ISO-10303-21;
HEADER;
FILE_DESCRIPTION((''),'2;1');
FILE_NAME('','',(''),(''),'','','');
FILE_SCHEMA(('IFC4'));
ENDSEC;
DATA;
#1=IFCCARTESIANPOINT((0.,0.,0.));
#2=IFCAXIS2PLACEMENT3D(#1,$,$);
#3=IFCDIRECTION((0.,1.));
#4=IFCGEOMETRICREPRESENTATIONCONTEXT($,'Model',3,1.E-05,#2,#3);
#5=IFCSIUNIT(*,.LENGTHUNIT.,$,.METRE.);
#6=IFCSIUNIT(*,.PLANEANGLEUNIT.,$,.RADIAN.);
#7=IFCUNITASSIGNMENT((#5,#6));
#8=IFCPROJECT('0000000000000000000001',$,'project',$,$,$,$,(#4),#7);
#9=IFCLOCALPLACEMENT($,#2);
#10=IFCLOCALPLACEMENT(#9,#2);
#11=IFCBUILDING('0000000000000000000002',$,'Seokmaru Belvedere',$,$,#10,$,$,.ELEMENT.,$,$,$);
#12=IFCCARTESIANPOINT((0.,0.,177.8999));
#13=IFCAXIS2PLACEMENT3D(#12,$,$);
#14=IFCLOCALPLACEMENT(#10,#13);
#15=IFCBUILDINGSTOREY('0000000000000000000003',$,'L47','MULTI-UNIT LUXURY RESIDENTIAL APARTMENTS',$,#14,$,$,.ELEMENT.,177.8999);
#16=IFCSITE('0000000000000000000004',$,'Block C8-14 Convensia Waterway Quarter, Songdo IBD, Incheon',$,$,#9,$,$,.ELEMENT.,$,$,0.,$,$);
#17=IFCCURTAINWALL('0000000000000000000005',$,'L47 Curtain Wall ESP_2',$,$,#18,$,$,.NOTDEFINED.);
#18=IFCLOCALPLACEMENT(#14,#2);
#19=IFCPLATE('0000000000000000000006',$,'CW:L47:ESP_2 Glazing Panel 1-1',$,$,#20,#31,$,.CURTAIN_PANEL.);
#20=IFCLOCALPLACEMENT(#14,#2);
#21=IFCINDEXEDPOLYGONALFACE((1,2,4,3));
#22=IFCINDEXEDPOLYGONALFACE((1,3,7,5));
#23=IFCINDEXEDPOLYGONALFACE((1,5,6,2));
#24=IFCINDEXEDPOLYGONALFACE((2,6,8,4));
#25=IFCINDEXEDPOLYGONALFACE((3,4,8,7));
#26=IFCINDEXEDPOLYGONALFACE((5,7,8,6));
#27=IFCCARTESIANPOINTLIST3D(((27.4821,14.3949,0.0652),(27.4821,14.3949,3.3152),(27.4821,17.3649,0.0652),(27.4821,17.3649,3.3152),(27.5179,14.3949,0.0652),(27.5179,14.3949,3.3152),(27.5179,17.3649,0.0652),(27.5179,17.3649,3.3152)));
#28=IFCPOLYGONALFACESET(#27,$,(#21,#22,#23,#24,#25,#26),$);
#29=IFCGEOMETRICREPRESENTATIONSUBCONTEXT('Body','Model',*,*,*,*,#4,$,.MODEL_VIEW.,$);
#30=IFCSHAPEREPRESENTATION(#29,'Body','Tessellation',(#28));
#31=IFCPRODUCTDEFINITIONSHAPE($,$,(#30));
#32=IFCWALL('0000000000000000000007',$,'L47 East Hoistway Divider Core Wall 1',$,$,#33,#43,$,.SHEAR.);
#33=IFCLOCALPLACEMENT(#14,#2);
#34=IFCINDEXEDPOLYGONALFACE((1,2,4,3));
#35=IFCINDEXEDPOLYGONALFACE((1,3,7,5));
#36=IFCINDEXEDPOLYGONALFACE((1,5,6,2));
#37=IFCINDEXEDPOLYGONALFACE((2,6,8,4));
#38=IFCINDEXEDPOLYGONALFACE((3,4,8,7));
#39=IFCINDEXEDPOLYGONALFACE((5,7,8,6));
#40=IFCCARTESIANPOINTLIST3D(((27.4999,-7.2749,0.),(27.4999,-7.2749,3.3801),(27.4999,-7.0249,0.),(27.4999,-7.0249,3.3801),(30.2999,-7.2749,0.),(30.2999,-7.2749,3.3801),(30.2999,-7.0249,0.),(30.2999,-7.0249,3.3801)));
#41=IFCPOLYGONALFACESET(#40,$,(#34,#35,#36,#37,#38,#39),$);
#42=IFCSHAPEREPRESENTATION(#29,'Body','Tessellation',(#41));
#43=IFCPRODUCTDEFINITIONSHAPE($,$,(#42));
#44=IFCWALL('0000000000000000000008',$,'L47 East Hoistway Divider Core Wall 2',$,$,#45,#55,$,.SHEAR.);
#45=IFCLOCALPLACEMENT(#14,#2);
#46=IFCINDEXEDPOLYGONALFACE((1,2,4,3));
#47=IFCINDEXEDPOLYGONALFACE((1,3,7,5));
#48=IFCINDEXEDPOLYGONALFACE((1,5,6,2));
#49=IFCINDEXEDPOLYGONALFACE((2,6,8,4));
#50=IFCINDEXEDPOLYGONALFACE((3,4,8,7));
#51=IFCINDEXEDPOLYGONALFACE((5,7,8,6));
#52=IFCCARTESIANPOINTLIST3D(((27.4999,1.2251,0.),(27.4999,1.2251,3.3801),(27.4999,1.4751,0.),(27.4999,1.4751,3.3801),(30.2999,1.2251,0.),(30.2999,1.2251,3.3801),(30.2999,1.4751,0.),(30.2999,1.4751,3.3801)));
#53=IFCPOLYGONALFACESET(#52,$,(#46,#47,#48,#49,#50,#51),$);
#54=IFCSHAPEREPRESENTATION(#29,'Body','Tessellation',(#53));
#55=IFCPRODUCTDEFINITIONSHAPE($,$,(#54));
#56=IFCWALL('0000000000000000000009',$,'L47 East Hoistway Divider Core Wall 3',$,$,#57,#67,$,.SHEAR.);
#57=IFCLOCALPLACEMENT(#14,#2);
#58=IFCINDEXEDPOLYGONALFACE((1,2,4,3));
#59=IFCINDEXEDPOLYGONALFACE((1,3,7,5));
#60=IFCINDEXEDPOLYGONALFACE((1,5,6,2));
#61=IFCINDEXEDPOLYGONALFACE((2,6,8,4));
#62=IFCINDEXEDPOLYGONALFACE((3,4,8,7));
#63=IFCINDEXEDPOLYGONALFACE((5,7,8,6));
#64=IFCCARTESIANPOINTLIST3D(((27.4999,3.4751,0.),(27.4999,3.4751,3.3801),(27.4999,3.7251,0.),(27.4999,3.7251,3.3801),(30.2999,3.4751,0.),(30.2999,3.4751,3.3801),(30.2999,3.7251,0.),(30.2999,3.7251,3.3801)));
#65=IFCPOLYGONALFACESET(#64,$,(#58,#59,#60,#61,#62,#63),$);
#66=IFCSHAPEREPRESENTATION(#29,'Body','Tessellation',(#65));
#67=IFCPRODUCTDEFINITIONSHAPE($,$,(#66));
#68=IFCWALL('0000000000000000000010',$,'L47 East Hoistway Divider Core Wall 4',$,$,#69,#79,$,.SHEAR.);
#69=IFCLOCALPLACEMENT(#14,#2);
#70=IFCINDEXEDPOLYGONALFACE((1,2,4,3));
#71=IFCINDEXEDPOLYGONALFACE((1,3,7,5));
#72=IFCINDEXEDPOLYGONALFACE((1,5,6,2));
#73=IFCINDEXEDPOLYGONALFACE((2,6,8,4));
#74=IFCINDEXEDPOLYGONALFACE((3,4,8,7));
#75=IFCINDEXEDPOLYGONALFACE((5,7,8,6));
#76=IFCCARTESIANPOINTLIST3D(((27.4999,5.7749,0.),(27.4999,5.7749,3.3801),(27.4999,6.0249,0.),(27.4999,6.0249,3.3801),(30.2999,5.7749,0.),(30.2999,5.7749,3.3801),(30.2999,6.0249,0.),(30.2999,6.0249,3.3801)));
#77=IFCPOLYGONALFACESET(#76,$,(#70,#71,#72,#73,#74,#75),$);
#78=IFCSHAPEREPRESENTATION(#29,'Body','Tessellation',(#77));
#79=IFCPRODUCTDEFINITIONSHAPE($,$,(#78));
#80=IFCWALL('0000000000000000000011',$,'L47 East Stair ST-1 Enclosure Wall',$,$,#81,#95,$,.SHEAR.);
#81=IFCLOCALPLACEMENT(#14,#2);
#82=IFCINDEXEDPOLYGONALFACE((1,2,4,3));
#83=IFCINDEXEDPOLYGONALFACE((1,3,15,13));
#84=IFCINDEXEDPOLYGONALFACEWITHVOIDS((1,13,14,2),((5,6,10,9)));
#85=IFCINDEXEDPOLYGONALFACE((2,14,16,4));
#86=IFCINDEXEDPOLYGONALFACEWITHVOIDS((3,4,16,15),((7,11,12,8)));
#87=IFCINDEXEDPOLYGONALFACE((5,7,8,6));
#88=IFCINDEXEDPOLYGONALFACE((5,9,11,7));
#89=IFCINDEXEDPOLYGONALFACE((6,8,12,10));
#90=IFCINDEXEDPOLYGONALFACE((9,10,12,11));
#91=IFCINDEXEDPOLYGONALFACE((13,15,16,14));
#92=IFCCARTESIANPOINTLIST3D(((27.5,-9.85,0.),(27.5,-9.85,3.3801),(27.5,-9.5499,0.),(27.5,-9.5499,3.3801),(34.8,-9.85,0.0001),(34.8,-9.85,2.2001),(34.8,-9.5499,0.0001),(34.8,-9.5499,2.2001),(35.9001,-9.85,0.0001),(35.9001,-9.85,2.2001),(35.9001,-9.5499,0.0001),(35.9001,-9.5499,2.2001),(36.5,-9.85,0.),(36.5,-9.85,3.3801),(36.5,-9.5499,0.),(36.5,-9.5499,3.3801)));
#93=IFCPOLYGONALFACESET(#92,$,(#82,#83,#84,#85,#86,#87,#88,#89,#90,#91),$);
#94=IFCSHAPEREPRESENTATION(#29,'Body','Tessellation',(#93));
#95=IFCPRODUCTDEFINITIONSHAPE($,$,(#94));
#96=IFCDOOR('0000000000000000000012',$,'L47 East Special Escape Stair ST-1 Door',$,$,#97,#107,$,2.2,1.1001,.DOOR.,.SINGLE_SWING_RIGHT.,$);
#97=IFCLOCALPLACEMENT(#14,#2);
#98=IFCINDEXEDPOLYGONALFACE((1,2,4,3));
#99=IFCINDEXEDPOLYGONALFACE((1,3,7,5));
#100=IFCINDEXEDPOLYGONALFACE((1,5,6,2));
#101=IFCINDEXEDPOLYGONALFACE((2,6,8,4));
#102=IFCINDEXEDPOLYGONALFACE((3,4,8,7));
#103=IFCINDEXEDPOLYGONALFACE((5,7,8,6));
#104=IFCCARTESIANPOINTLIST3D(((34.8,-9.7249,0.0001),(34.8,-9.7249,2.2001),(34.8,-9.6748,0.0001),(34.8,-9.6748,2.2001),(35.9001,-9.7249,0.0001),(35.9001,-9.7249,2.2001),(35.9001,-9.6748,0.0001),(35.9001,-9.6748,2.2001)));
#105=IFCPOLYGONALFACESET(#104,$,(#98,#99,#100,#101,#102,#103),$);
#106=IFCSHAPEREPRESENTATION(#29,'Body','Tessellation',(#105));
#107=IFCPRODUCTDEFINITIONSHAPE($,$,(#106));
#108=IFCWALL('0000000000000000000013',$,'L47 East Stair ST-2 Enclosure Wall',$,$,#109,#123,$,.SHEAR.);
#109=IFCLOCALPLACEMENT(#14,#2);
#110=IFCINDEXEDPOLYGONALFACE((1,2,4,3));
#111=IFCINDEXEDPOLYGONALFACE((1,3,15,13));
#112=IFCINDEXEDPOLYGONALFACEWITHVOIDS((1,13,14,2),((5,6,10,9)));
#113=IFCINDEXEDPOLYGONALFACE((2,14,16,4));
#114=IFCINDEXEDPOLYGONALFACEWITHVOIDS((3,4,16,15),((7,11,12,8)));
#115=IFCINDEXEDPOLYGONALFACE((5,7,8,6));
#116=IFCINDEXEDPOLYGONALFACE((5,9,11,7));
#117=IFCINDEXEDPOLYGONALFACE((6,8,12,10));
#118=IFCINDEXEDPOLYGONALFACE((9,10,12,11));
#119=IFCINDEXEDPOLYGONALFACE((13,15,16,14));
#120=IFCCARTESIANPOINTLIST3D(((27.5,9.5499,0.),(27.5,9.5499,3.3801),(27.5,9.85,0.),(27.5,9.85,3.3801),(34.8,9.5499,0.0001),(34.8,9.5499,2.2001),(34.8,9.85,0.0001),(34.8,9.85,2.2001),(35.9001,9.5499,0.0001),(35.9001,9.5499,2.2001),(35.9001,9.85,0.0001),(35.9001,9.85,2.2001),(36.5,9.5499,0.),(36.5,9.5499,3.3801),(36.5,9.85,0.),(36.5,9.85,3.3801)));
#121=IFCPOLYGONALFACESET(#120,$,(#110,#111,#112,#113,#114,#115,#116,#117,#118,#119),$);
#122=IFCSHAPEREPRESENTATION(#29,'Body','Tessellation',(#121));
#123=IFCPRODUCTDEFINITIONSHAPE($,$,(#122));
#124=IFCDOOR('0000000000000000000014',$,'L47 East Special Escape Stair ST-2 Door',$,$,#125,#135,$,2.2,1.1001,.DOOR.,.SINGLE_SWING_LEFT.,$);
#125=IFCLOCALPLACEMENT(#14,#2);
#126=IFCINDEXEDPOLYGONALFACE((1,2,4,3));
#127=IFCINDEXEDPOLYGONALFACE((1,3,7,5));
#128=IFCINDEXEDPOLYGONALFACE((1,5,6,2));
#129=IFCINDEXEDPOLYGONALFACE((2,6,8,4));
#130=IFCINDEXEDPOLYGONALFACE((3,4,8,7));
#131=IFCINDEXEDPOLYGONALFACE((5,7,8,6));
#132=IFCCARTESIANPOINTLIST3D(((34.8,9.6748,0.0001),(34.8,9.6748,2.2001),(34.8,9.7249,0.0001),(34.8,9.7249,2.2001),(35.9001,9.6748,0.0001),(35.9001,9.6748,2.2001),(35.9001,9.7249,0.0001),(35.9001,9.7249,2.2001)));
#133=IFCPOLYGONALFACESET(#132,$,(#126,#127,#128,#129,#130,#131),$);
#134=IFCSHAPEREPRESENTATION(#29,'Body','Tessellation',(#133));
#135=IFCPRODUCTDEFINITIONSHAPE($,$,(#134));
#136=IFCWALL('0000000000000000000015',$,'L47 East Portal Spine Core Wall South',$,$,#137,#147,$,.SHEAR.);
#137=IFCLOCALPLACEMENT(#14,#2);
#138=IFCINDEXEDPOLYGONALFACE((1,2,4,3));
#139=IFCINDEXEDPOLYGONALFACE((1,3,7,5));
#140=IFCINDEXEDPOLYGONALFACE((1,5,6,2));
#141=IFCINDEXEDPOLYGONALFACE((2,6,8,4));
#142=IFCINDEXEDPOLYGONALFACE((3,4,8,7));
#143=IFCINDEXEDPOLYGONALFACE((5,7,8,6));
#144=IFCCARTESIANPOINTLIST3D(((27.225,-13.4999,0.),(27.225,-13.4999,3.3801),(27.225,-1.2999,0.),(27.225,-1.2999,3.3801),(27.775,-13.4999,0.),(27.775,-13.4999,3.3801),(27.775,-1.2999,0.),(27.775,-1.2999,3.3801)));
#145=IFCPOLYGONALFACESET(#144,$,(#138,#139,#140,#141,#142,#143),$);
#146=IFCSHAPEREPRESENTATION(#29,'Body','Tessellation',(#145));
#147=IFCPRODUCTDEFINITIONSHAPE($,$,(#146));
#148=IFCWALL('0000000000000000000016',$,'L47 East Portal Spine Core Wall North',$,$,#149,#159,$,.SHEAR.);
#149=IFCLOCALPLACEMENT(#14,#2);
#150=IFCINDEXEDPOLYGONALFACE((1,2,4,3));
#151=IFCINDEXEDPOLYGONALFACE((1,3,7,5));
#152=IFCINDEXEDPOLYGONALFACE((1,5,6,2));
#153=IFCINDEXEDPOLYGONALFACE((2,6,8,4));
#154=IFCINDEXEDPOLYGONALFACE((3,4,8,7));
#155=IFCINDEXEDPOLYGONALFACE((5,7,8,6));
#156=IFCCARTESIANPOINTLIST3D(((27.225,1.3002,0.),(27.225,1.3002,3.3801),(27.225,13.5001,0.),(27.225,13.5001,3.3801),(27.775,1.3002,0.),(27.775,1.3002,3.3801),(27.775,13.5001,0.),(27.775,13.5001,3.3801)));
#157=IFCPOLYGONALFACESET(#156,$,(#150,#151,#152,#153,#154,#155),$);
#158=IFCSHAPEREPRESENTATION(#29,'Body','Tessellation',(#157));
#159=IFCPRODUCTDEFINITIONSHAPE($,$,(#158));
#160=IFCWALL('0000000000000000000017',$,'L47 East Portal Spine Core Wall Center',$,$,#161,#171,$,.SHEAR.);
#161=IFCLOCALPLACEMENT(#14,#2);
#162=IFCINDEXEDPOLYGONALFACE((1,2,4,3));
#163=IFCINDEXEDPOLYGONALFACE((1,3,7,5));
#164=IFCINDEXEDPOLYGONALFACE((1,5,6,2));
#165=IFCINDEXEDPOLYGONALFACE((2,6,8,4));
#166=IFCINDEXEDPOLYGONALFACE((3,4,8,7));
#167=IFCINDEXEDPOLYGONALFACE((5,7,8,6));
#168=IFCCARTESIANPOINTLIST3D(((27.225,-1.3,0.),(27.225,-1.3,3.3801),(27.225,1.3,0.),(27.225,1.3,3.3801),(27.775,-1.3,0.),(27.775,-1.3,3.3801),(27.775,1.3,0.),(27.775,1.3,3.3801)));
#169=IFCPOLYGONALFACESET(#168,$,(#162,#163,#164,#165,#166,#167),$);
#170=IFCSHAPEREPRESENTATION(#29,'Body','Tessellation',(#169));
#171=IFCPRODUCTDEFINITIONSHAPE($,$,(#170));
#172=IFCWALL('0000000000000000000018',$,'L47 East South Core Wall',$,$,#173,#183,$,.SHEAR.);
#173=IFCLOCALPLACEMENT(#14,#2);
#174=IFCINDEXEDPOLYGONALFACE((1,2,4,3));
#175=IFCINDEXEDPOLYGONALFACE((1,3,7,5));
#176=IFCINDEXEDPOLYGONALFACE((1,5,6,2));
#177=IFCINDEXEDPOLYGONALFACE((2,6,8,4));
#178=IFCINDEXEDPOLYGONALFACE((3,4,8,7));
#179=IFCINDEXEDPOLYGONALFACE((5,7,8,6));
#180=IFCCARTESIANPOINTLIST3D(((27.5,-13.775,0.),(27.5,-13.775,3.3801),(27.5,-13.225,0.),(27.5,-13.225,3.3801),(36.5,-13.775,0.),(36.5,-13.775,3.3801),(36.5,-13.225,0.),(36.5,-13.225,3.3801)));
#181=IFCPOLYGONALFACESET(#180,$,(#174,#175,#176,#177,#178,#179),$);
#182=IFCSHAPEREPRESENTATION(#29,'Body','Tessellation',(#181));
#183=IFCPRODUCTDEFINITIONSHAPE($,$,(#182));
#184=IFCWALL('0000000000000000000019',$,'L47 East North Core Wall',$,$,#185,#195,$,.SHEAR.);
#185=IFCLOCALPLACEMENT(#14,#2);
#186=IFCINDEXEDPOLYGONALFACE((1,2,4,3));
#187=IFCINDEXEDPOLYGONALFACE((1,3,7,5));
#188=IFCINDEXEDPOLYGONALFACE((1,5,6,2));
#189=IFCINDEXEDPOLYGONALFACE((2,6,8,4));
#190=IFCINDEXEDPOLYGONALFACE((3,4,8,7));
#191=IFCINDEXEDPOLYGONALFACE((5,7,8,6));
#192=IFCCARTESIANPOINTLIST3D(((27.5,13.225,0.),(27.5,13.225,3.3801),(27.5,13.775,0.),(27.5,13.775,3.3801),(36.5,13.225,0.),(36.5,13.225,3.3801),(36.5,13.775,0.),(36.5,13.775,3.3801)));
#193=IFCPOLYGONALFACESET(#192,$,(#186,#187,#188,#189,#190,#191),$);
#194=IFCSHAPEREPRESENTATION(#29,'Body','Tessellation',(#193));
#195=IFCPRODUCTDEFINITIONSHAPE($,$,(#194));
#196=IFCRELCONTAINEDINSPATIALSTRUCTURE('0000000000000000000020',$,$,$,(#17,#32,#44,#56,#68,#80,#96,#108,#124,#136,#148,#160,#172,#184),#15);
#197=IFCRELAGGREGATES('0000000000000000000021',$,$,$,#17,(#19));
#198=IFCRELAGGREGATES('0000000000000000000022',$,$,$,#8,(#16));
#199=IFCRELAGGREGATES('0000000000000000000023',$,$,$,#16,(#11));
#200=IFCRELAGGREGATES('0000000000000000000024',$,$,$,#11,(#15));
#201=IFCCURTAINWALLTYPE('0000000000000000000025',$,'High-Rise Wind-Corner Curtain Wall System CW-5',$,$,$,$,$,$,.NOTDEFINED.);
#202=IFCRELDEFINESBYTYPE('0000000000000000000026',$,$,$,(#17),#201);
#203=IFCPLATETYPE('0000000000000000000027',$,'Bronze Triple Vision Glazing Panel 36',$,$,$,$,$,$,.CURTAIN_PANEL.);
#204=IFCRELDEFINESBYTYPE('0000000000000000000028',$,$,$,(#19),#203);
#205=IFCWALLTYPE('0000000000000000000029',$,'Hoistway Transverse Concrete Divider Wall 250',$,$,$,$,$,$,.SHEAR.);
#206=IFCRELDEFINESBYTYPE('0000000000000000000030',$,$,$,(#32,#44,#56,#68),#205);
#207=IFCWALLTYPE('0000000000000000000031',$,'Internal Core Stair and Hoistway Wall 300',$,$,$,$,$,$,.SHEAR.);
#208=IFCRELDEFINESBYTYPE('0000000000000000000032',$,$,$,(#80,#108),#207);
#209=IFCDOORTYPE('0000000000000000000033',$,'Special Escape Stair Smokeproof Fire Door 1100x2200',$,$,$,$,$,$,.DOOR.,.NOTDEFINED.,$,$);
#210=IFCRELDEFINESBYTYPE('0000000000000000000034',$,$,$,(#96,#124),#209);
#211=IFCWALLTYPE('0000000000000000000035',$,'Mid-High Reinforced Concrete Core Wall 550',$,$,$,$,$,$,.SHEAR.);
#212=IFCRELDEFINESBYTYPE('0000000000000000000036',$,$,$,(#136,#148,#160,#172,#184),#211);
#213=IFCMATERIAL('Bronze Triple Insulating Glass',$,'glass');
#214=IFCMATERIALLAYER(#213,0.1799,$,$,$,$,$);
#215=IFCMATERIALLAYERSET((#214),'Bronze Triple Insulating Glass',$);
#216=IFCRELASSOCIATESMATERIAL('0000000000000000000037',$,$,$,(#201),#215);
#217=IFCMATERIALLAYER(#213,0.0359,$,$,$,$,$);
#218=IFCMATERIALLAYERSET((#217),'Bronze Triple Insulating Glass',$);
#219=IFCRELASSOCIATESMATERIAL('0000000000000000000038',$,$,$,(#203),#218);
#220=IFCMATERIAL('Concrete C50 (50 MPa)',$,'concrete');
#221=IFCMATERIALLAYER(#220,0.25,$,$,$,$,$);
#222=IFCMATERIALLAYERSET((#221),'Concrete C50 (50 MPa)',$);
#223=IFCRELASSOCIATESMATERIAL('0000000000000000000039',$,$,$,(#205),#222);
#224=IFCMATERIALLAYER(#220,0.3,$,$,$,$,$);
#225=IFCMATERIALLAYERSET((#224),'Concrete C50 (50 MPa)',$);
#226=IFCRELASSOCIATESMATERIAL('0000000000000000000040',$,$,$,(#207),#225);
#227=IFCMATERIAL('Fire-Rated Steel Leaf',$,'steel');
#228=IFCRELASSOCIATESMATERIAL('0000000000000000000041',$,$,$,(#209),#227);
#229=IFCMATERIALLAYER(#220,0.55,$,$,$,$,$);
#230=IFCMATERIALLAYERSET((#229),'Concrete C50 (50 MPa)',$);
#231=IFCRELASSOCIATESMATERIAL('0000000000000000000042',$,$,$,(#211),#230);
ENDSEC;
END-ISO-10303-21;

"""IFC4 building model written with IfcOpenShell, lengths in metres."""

from ifc_helpers import new_model, si_unit, direction, frame, frame_2d, origin, origin_2d, place, context, subcontext, project, spatial, rectangle, extrude, source, transform, mapped, material, layer, layer_set, type_object, type_shapes, element, fill, aggregate, save


model = new_model("IFC4")

# Units and contexts
model_context = context("Model", 3, precision=1e-05, world=origin(), true_north=direction((0.0, 1.0)))
body_context = subcontext(model_context, "Body", "Model", "MODEL_VIEW")
ifc_project = project(units=[si_unit("LENGTHUNIT", "METRE"), si_unit("PLANEANGLEUNIT", "RADIAN")], contexts=[model_context])

# Site, building, storey
site_placement = place(None, origin())
site = spatial("IfcSite", under=ifc_project, at=site_placement, Name="Block C8-14 Convensia Waterway Quarter, Songdo IBD, Incheon", CompositionType="ELEMENT", RefElevation=0.0)
building_placement = place(site_placement, origin())
building = spatial("IfcBuilding", under=site, at=building_placement, Name="Seokmaru Belvedere", CompositionType="ELEMENT")
storey_placement = place(building_placement, frame((0.0, 0.0, 177.8999)))
storey = spatial("IfcBuildingStorey", under=building, at=storey_placement, Name="L47", Description="MULTI-UNIT LUXURY RESIDENTIAL APARTMENTS", CompositionType="ELEMENT", Elevation=177.8999)

# Curtain wall
ifc_material_1 = material(Name="Bronze Triple Insulating Glass", Category="glass")
ifc_layer_1 = layer(ifc_material_1, 0.1799)
ifc_layer_set_1 = layer_set([ifc_layer_1], Name="Bronze Triple Insulating Glass")
curtain_wall_type = type_object("IfcCurtainWallType", Name="High-Rise Wind-Corner Curtain Wall System CW-5", PredefinedType="NOTDEFINED", material=ifc_layer_set_1)
curtain_wall_1_placement = place(storey_placement, origin())
curtain_wall_1 = element("IfcCurtainWall", 1, at=curtain_wall_1_placement, inside=storey, type_object=curtain_wall_type, Name="L47 Curtain Wall ESP_2", PredefinedType="NOTDEFINED")

# Plate
ifc_layer_2 = layer(ifc_material_1, 0.0359)
ifc_layer_set_2 = layer_set([ifc_layer_2], Name="Bronze Triple Insulating Glass")
plate_type = type_object("IfcPlateType", Name="Bronze Triple Vision Glazing Panel 36", PredefinedType="CURTAIN_PANEL", material=ifc_layer_set_2)
shared_shape_1 = source(origin(), body_context, "Body", "SweptSolid", [
    extrude(rectangle(XDim=2.97, YDim=0.0359, at=origin_2d()), origin(), (0.0, 0.0, 1.0), 3.25),
])
type_shapes(plate_type, [shared_shape_1])
plate_1_placement = place(storey_placement, frame((27.5, 15.8799, 0.0652), z_axis=(0.0, 0.0, 1.0), x_axis=(0.0, -1.0, 0.0)))
plate_1 = element("IfcPlate", 2, at=plate_1_placement, type_object=plate_type, Name="CW:L47:ESP_2 Glazing Panel 1-1", PredefinedType="CURTAIN_PANEL", context=body_context, shape_type="MappedRepresentation", body=[
    mapped(shared_shape_1, transform((0.0, 0.0, 0.0), scale=1.0)),
])
aggregate(curtain_wall_1, [plate_1])

# Walls
ifc_material_2 = material(Name="Concrete C50 (50 MPa)", Category="concrete")
ifc_layer_3 = layer(ifc_material_2, 0.25)
ifc_layer_set_3 = layer_set([ifc_layer_3], Name="Concrete C50 (50 MPa)")
wall_type_1 = type_object("IfcWallType", Name="Hoistway Transverse Concrete Divider Wall 250", PredefinedType="SHEAR", material=ifc_layer_set_3)
for number, where, z_axis, x_axis, name in (
    (3, (27.5, -7.1499, 0.0), (0.0, 0.0, 1.0), (1.0, 0.0, 0.0), "L47 East Hoistway Divider Core Wall 1"),
    (4, (27.5, 1.3501, 0.0), (0.0, 0.0, 1.0), (1.0, 0.0, 0.0), "L47 East Hoistway Divider Core Wall 2"),
    (5, (27.5, 3.6001, 0.0), (0.0, 0.0, 1.0), (1.0, 0.0, 0.0), "L47 East Hoistway Divider Core Wall 3"),
    (6, (27.5, 5.8999, 0.0), (0.0, 0.0, 1.0), (1.0, 0.0, 0.0), "L47 East Hoistway Divider Core Wall 4"),
):
    element("IfcWall", number, at=place(storey_placement, frame(where, z_axis=z_axis, x_axis=x_axis)), inside=storey, type_object=wall_type_1, Name=name, PredefinedType="SHEAR", context=body_context, shape_type="SweptSolid", body=[
        extrude(rectangle(XDim=2.8, YDim=0.25, at=frame_2d((1.3999, 0.0))), origin(), (0.0, 0.0, 1.0), 3.3801),
    ])

# Walls, openings, doors
ifc_layer_4 = layer(ifc_material_2, 0.3)
ifc_layer_set_4 = layer_set([ifc_layer_4], Name="Concrete C50 (50 MPa)")
wall_type_2 = type_object("IfcWallType", Name="Internal Core Stair and Hoistway Wall 300", PredefinedType="SHEAR", material=ifc_layer_set_4)
wall_1_placement = place(storey_placement, frame((27.5, -9.7, 0.0), z_axis=(0.0, 0.0, 1.0), x_axis=(1.0, 0.0, 0.0)))
wall_1 = element("IfcWall", 7, at=wall_1_placement, inside=storey, type_object=wall_type_2, Name="L47 East Stair ST-1 Enclosure Wall", PredefinedType="SHEAR", context=body_context, shape_type="SweptSolid", body=[
    extrude(rectangle(XDim=9.0, YDim=0.3, at=frame_2d((4.5, 0.0))), origin(), (0.0, 0.0, 1.0), 3.3801),
])
opening_1_placement = place(wall_1_placement, frame((7.3, 0.0, 0.0)))
opening_1 = element("IfcOpeningElement", 8, at=opening_1_placement, cuts=wall_1, PredefinedType="OPENING", context=body_context, shape_type="SweptSolid", body=[
    extrude(rectangle(XDim=1.1001, YDim=2.2, at=frame_2d((0.55, 1.1001))), frame((0.0, 0.1602, 0.0), z_axis=(0.0, -1.0, 0.0), x_axis=(1.0, 0.0, 0.0)), (0.0, 0.0, 1.0), 0.3201),
])
ifc_material_3 = material(Name="Fire-Rated Steel Leaf", Category="steel")
door_type = type_object("IfcDoorType", Name="Special Escape Stair Smokeproof Fire Door 1100x2200", OperationType="NOTDEFINED", PredefinedType="DOOR", material=ifc_material_3)
shared_shape_2 = source(origin(), body_context, "Body", "SweptSolid", [
    extrude(rectangle(XDim=1.1001, YDim=2.2, at=frame_2d((0.55, 1.1001))), frame((0.0, 0.0249, 0.0), z_axis=(0.0, -1.0, 0.0), x_axis=(1.0, 0.0, 0.0)), (0.0, 0.0, 1.0), 0.05),
])
type_shapes(door_type, [shared_shape_2])
door_1_placement = place(opening_1_placement, frame((1.1001, 0.0, 0.0), z_axis=(0.0, 0.0, 1.0), x_axis=(-1.0, 0.0, 0.0)))
door_1 = element("IfcDoor", 9, at=door_1_placement, inside=storey, type_object=door_type, Name="L47 East Special Escape Stair ST-1 Door", OperationType="SINGLE_SWING_RIGHT", OverallHeight=2.2, OverallWidth=1.1001, PredefinedType="DOOR", context=body_context, shape_type="MappedRepresentation", body=[
    mapped(shared_shape_2, transform((0.0, 0.0, 0.0), scale=1.0)),
])
fill(opening_1, door_1)
wall_2_placement = place(storey_placement, frame((27.5, 9.7, 0.0), z_axis=(0.0, 0.0, 1.0), x_axis=(1.0, 0.0, 0.0)))
wall_2 = element("IfcWall", 10, at=wall_2_placement, inside=storey, type_object=wall_type_2, Name="L47 East Stair ST-2 Enclosure Wall", PredefinedType="SHEAR", context=body_context, shape_type="SweptSolid", body=[
    extrude(rectangle(XDim=9.0, YDim=0.3, at=frame_2d((4.5, 0.0))), origin(), (0.0, 0.0, 1.0), 3.3801),
])
opening_2_placement = place(wall_2_placement, frame((7.3, 0.0, 0.0)))
opening_2 = element("IfcOpeningElement", 11, at=opening_2_placement, cuts=wall_2, PredefinedType="OPENING", context=body_context, shape_type="SweptSolid", body=[
    extrude(rectangle(XDim=1.1001, YDim=2.2, at=frame_2d((0.55, 1.1001))), frame((0.0, 0.1602, 0.0), z_axis=(0.0, -1.0, 0.0), x_axis=(1.0, 0.0, 0.0)), (0.0, 0.0, 1.0), 0.3201),
])
door_2_placement = place(opening_2_placement, origin())
door_2 = element("IfcDoor", 12, at=door_2_placement, inside=storey, type_object=door_type, Name="L47 East Special Escape Stair ST-2 Door", OperationType="SINGLE_SWING_LEFT", OverallHeight=2.2, OverallWidth=1.1001, PredefinedType="DOOR", context=body_context, shape_type="MappedRepresentation", body=[
    mapped(shared_shape_2, transform((0.0, 0.0, 0.0), scale=1.0)),
])
fill(opening_2, door_2)

# Walls
ifc_layer_5 = layer(ifc_material_2, 0.55)
ifc_layer_set_5 = layer_set([ifc_layer_5], Name="Concrete C50 (50 MPa)")
wall_type_3 = type_object("IfcWallType", Name="Mid-High Reinforced Concrete Core Wall 550", PredefinedType="SHEAR", material=ifc_layer_set_5)
for number, where, z_axis, x_axis, name in (
    (13, (27.5, -13.5, 0.0), (0.0, 0.0, 1.0), (0.0, 1.0, 0.0), "L47 East Portal Spine Core Wall South"),
    (14, (27.5, 1.3, 0.0), (0.0, 0.0, 1.0), (0.0, 1.0, 0.0), "L47 East Portal Spine Core Wall North"),
):
    element("IfcWall", number, at=place(storey_placement, frame(where, z_axis=z_axis, x_axis=x_axis)), inside=storey, type_object=wall_type_3, Name=name, PredefinedType="SHEAR", context=body_context, shape_type="SweptSolid", body=[
        extrude(rectangle(XDim=12.2, YDim=0.55, at=frame_2d((6.1001, 0.0))), origin(), (0.0, 0.0, 1.0), 3.3801),
    ])
wall_3_placement = place(storey_placement, frame((27.5, -1.3, 0.0), z_axis=(0.0, 0.0, 1.0), x_axis=(0.0, 1.0, 0.0)))
element("IfcWall", 15, at=wall_3_placement, inside=storey, type_object=wall_type_3, Name="L47 East Portal Spine Core Wall Center", PredefinedType="SHEAR", context=body_context, shape_type="SweptSolid", body=[
    extrude(rectangle(XDim=2.6001, YDim=0.55, at=frame_2d((1.3, 0.0))), origin(), (0.0, 0.0, 1.0), 3.3801),
])
for number, where, z_axis, x_axis, name in (
    (16, (27.5, -13.5, 0.0), (0.0, 0.0, 1.0), (1.0, 0.0, 0.0), "L47 East South Core Wall"),
    (17, (27.5, 13.5, 0.0), (0.0, 0.0, 1.0), (1.0, 0.0, 0.0), "L47 East North Core Wall"),
):
    element("IfcWall", number, at=place(storey_placement, frame(where, z_axis=z_axis, x_axis=x_axis)), inside=storey, type_object=wall_type_3, Name=name, PredefinedType="SHEAR", context=body_context, shape_type="SweptSolid", body=[
        extrude(rectangle(XDim=9.0, YDim=0.55, at=frame_2d((4.5, 0.0))), origin(), (0.0, 0.0, 1.0), 3.3801),
    ])

save(model, "model.ifc")
